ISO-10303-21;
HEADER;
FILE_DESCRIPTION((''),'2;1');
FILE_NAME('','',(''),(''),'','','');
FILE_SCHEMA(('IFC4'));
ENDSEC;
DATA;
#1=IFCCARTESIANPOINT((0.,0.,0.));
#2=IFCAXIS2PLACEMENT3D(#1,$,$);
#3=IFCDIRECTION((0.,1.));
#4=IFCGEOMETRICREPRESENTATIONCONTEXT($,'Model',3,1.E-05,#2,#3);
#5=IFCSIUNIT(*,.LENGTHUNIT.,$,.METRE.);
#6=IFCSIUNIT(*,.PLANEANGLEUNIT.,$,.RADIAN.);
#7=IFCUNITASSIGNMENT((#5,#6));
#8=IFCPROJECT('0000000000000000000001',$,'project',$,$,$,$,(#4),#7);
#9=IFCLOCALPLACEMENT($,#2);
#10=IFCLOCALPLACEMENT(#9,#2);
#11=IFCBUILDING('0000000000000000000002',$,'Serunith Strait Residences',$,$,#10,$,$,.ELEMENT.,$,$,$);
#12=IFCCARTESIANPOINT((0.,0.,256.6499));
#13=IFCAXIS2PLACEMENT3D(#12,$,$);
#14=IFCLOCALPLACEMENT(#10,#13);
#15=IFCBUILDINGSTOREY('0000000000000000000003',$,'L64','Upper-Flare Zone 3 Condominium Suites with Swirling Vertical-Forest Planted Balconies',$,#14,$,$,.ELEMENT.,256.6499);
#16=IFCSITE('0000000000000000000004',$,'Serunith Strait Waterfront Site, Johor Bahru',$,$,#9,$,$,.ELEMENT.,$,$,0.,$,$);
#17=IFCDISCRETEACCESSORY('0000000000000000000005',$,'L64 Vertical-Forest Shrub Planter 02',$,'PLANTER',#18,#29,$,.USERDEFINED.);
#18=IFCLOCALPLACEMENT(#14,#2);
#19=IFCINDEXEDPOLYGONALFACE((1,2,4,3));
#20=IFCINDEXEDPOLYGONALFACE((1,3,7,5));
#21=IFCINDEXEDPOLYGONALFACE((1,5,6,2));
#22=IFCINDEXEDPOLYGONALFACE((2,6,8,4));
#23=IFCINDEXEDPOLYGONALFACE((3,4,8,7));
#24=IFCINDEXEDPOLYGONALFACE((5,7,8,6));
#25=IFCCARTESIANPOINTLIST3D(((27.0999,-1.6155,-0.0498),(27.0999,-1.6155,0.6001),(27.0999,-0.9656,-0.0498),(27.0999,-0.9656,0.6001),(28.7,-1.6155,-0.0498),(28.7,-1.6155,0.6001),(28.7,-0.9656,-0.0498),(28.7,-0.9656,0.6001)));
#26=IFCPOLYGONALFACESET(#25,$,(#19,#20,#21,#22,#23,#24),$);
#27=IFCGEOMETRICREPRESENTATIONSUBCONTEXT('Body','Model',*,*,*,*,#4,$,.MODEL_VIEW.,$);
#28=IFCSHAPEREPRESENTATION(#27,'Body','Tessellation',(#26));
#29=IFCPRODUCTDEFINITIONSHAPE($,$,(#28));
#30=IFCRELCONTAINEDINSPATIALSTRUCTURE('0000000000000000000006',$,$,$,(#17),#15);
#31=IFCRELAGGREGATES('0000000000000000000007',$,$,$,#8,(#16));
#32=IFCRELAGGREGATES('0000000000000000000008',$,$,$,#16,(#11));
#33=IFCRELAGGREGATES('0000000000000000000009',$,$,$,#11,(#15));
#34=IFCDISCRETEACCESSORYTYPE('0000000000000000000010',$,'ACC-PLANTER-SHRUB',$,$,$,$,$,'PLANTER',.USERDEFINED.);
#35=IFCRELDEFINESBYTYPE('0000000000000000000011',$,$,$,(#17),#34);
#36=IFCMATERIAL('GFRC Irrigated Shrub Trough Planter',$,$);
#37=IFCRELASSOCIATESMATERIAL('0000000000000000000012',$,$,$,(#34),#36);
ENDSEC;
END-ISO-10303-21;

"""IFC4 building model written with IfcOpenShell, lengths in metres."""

from ifc_helpers import new_model, si_unit, direction, frame, origin, origin_2d, place, context, subcontext, project, spatial, rectangle, extrude, source, transform, mapped, material, type_object, element, save


model = new_model("IFC4")

# Units and contexts
model_context = context("Model", 3, precision=1e-05, world=origin(), true_north=direction((0.0, 1.0)))
body_context = subcontext(model_context, "Body", "Model", "MODEL_VIEW")
ifc_project = project(units=[si_unit("LENGTHUNIT", "METRE"), si_unit("PLANEANGLEUNIT", "RADIAN")], contexts=[model_context])

# Site, building, storey
site_placement = place(None, origin())
site = spatial("IfcSite", under=ifc_project, at=site_placement, Name="Serunith Strait Waterfront Site, Johor Bahru", CompositionType="ELEMENT", RefElevation=0.0)
building_placement = place(site_placement, origin())
building = spatial("IfcBuilding", under=site, at=building_placement, Name="Serunith Strait Residences", CompositionType="ELEMENT")
storey_placement = place(building_placement, frame((0.0, 0.0, 256.6499)))
storey = spatial("IfcBuildingStorey", under=building, at=storey_placement, Name="L64", Description="Upper-Flare Zone 3 Condominium Suites with Swirling Vertical-Forest Planted Balconies", CompositionType="ELEMENT", Elevation=256.6499)

# Discrete accessory
ifc_material_1 = material(Name="GFRC Irrigated Shrub Trough Planter")
discrete_accessory_type = type_object("IfcDiscreteAccessoryType", Name="ACC-PLANTER-SHRUB", ElementType="PLANTER", PredefinedType="USERDEFINED", material=ifc_material_1)
shared_shape_1 = source(origin(), body_context, "Body", "SweptSolid", [
    extrude(rectangle(XDim=1.6001, YDim=0.6499, at=origin_2d()), origin(), (0.0, 0.0, 1.0), 0.6499),
])
discrete_accessory_placement = place(storey_placement, frame((27.8999, -1.2905, -0.0498), z_axis=(0.0, 0.0, 1.0), x_axis=(1.0, 0.0, 0.0)))
element("IfcDiscreteAccessory", 1, at=discrete_accessory_placement, inside=storey, type_object=discrete_accessory_type, Name="L64 Vertical-Forest Shrub Planter 02", ObjectType="PLANTER", PredefinedType="USERDEFINED", context=body_context, shape_type="MappedRepresentation", body=[
    mapped(shared_shape_1, transform((0.0, 0.0, 0.0), scale=1.0)),
])

save(model, "model.ifc")
